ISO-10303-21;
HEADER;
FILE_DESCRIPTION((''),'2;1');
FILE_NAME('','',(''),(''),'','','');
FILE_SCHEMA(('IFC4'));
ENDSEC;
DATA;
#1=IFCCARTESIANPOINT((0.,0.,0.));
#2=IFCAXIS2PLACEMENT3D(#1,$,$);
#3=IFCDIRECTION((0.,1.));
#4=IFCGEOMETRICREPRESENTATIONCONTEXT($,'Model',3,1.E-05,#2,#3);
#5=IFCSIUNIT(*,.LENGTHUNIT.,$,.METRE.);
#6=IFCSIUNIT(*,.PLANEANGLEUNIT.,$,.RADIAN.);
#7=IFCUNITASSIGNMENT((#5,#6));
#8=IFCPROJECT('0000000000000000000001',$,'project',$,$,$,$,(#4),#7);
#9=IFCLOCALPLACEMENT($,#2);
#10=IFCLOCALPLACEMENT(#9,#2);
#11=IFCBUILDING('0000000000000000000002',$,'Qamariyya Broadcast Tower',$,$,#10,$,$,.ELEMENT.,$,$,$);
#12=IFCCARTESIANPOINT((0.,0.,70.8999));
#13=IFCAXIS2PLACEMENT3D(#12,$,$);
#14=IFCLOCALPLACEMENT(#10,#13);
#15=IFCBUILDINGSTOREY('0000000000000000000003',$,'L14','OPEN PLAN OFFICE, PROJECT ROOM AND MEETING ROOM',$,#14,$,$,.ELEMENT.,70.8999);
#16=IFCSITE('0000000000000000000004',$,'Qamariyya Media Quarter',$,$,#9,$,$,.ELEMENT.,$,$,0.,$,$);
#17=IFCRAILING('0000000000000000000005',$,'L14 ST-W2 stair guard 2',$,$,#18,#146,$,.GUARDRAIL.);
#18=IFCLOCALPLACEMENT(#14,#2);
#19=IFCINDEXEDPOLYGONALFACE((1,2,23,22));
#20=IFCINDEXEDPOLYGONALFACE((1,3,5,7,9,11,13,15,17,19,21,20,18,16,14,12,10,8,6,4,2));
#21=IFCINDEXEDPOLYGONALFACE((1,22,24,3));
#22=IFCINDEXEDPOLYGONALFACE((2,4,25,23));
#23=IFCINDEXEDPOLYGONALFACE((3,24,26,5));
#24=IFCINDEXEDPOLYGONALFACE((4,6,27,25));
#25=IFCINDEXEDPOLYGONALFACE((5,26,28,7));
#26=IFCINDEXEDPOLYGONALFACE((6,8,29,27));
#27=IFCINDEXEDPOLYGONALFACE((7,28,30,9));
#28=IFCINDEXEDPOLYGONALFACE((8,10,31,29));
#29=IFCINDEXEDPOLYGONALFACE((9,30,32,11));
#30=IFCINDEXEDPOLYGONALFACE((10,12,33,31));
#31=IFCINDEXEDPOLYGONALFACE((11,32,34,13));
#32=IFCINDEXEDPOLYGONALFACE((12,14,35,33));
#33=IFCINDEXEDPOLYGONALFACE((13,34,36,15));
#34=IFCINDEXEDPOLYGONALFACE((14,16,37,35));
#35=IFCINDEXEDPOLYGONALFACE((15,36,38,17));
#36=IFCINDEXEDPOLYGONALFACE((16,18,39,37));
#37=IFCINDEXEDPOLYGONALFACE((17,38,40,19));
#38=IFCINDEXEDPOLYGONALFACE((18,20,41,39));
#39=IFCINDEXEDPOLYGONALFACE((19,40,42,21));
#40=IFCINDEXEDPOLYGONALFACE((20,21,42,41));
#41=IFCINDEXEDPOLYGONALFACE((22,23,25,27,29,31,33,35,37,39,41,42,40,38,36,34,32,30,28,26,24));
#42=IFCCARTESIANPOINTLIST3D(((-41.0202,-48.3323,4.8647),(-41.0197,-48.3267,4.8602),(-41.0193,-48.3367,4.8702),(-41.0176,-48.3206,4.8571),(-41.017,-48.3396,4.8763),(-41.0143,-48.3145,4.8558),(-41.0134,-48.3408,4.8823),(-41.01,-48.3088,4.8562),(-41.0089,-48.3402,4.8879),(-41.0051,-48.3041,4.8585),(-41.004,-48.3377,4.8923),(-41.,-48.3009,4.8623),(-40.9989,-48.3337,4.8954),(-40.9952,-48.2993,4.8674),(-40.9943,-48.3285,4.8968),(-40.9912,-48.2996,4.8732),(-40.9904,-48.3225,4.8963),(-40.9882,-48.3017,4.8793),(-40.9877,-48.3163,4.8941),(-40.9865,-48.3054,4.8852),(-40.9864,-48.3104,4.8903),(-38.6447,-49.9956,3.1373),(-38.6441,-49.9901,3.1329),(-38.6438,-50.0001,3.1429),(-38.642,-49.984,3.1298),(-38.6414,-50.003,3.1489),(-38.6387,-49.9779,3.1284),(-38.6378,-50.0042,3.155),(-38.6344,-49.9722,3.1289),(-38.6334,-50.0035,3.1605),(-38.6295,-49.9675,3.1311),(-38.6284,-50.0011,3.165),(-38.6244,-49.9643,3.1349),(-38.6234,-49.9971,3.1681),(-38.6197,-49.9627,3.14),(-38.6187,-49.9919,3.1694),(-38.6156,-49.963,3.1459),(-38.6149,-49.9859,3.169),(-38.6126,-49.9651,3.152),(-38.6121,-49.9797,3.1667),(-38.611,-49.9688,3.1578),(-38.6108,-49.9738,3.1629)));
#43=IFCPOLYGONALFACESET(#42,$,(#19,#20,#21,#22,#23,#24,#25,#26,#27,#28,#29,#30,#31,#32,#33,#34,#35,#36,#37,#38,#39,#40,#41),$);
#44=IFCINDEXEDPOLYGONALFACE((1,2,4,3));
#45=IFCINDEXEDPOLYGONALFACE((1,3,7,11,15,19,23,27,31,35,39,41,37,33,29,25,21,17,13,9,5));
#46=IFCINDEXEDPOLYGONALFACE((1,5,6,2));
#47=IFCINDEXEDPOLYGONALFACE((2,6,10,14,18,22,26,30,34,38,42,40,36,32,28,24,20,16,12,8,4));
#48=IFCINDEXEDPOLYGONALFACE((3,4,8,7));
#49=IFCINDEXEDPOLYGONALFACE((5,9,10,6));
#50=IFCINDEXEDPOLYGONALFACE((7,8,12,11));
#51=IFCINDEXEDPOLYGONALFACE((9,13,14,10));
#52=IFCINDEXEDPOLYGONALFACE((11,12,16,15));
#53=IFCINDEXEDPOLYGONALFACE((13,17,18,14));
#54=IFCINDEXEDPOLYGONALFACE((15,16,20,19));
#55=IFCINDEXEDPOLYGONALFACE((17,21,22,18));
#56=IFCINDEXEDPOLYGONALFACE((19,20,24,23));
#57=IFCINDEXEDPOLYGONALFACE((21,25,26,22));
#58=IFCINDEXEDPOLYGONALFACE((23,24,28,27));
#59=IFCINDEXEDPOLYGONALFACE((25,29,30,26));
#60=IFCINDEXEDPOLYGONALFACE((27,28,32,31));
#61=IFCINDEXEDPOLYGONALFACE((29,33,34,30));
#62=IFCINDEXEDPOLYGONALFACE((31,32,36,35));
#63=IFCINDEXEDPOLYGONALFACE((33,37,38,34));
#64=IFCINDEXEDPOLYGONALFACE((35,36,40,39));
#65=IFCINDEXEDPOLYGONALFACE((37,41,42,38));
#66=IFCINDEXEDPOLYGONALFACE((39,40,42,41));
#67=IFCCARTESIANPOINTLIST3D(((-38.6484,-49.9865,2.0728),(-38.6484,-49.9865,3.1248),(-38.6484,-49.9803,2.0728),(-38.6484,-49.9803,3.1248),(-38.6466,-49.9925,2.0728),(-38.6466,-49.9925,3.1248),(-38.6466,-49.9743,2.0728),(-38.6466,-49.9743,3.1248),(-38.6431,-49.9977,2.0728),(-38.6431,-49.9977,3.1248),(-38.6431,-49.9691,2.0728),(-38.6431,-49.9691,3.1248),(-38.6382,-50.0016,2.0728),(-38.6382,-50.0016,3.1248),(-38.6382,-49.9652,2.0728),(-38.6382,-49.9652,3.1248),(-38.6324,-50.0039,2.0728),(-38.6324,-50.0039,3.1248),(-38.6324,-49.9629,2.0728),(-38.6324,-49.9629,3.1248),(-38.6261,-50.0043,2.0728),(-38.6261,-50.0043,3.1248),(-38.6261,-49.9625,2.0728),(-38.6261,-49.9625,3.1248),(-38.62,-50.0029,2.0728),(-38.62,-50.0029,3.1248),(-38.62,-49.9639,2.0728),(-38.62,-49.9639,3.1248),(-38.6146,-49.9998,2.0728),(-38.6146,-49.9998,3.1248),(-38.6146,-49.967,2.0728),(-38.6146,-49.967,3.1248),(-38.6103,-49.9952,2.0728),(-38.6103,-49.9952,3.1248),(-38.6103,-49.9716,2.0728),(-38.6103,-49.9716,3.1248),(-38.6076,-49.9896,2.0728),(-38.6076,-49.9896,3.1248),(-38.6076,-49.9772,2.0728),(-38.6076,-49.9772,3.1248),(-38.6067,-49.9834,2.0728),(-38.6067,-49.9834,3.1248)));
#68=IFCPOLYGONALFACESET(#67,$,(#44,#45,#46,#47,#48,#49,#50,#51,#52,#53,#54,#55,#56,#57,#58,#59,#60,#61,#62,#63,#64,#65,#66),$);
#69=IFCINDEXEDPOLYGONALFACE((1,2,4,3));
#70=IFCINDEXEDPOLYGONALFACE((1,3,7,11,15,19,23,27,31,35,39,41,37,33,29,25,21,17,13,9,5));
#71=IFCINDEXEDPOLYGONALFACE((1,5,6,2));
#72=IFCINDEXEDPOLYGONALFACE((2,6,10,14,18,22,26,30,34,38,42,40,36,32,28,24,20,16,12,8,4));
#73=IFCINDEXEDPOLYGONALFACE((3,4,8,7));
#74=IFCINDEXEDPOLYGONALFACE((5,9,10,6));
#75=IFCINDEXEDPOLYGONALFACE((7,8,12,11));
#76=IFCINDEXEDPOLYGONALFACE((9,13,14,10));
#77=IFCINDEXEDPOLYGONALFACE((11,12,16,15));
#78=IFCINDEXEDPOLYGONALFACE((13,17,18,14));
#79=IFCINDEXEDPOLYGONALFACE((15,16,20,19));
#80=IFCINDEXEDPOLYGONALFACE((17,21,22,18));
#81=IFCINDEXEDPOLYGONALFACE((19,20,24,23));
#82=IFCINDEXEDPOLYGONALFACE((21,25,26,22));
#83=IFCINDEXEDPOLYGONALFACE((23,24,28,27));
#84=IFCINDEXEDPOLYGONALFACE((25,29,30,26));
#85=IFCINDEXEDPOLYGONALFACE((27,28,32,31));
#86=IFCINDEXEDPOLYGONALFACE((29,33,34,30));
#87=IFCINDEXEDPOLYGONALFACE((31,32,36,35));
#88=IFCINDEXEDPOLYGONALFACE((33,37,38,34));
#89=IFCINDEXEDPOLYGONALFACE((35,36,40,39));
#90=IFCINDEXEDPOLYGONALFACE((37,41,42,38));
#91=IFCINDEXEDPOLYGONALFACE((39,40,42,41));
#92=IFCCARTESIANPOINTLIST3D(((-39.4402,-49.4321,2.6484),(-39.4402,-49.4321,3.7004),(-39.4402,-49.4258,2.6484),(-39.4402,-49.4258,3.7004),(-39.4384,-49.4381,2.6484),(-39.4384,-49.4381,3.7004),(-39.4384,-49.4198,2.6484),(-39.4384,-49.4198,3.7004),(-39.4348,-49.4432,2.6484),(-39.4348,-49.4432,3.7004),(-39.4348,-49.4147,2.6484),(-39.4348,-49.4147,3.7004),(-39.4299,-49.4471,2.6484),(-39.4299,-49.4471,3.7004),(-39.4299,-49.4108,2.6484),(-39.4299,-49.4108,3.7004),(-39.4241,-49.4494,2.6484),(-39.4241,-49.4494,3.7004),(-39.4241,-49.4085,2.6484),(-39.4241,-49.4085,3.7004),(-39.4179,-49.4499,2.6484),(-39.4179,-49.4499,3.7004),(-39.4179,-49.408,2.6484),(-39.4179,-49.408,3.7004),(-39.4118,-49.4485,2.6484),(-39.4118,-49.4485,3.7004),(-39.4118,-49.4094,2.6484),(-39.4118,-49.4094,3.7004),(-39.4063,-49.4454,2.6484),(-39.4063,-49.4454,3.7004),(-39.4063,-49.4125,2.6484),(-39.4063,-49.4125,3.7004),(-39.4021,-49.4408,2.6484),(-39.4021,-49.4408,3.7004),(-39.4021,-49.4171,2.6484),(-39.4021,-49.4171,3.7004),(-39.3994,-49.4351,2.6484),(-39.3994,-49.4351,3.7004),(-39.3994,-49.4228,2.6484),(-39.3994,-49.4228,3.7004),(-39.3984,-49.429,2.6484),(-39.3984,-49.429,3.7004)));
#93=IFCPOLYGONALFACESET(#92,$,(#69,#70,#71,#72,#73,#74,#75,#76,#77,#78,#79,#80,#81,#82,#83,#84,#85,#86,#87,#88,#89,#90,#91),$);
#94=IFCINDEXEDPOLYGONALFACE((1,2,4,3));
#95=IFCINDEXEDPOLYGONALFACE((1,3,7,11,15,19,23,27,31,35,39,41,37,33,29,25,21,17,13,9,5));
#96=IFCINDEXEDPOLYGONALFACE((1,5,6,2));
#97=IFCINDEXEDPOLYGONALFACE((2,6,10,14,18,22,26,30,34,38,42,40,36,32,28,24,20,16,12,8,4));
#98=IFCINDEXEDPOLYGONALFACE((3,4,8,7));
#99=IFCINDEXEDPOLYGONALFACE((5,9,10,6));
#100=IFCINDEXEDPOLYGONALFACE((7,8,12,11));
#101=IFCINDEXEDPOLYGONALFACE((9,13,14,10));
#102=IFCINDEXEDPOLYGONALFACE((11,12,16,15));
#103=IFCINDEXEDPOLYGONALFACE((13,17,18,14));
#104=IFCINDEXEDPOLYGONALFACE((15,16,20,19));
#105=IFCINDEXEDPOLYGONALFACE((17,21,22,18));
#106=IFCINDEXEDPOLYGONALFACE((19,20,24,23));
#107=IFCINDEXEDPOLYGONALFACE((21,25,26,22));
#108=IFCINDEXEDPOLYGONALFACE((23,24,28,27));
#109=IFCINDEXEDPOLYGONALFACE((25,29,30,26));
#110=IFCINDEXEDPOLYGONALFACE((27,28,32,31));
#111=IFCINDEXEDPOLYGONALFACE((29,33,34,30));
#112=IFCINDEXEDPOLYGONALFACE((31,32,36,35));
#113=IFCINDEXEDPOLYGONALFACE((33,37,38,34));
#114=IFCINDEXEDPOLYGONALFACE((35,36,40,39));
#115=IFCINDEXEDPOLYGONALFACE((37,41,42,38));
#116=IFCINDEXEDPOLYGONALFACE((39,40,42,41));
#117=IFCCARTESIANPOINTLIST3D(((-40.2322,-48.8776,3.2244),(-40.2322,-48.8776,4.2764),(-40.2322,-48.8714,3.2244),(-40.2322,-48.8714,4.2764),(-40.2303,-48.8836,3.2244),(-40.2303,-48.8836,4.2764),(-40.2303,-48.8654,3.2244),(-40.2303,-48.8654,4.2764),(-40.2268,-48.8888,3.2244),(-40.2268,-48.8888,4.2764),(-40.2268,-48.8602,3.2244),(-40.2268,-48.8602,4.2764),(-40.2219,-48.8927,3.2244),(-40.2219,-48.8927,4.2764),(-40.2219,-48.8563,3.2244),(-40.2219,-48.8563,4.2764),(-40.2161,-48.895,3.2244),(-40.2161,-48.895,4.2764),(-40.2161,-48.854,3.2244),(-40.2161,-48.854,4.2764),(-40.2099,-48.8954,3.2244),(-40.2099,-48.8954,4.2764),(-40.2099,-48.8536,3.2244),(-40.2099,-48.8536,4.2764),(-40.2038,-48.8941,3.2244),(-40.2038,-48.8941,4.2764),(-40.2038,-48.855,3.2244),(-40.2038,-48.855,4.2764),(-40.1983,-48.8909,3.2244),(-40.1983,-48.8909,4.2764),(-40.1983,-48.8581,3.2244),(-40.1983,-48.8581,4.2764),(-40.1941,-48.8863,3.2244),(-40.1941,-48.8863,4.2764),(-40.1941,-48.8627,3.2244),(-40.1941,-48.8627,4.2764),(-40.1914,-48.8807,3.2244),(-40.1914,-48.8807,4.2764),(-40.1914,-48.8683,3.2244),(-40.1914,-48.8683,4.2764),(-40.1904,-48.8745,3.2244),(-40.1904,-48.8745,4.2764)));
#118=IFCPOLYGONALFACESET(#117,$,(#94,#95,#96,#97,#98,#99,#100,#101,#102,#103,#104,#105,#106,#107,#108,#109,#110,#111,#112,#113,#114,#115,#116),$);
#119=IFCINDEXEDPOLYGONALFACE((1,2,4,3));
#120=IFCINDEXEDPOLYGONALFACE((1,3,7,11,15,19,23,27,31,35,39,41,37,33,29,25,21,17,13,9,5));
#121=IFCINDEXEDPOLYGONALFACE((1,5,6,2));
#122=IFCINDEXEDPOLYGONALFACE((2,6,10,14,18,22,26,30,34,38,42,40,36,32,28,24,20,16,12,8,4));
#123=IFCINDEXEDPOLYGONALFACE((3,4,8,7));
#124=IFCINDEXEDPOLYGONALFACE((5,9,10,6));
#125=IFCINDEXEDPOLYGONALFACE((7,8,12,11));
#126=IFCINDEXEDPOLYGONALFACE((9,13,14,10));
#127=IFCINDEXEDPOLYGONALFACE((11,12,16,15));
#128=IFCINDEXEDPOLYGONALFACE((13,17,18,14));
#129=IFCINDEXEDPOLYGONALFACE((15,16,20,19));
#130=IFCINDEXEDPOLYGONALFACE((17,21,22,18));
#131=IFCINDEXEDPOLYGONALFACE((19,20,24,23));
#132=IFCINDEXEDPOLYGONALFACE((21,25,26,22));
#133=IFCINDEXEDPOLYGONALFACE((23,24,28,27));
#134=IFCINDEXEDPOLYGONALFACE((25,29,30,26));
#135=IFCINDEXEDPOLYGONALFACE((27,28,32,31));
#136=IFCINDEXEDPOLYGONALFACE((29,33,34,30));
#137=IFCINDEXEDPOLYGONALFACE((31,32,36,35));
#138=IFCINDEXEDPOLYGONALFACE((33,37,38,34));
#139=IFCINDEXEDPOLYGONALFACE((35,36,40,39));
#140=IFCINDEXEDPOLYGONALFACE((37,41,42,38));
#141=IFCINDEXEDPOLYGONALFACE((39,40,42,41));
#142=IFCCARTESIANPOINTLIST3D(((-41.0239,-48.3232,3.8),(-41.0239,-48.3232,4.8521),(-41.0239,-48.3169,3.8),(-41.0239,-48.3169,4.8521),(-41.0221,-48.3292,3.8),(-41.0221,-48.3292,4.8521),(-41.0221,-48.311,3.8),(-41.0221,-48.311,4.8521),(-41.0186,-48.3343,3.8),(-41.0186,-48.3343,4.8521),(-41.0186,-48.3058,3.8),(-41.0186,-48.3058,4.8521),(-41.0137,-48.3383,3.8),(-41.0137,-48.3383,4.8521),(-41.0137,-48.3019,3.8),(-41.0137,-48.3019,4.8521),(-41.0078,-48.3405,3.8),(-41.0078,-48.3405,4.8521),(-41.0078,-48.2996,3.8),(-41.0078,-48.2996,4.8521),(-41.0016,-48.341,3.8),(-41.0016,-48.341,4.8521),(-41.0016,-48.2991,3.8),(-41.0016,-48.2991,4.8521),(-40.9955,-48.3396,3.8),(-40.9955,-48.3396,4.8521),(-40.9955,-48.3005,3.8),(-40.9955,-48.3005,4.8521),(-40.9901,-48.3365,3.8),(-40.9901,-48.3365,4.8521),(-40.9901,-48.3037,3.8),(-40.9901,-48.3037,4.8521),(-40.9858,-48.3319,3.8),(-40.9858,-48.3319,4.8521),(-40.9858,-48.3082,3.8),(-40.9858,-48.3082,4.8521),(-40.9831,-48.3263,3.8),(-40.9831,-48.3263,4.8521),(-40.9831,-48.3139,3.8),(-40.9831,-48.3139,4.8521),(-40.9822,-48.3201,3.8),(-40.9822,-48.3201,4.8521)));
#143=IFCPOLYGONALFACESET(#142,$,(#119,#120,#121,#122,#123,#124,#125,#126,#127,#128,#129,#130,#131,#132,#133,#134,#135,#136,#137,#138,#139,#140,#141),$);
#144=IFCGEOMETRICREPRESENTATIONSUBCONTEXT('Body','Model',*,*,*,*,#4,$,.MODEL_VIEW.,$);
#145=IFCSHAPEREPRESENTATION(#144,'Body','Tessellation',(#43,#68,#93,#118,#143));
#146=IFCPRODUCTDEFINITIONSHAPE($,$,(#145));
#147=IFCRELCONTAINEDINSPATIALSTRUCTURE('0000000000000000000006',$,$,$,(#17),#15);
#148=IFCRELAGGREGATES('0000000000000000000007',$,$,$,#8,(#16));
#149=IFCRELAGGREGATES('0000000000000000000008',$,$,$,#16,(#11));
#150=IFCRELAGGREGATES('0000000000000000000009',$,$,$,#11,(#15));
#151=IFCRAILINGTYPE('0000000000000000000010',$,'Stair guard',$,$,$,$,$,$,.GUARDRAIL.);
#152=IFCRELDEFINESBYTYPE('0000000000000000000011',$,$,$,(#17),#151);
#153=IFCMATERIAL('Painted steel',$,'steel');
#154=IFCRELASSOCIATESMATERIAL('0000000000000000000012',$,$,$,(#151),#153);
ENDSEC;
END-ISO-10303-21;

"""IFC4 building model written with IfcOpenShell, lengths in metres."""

from ifc_helpers import new_model, si_unit, direction, frame, origin, origin_2d, place, context, subcontext, project, spatial, circle, extrude, material, type_object, element, save


model = new_model("IFC4")

# Units and contexts
model_context = context("Model", 3, precision=1e-05, world=origin(), true_north=direction((0.0, 1.0)))
body_context = subcontext(model_context, "Body", "Model", "MODEL_VIEW")
ifc_project = project(units=[si_unit("LENGTHUNIT", "METRE"), si_unit("PLANEANGLEUNIT", "RADIAN")], contexts=[model_context])

# Site, building, storey
site_placement = place(None, origin())
site = spatial("IfcSite", under=ifc_project, at=site_placement, Name="Qamariyya Media Quarter", CompositionType="ELEMENT", RefElevation=0.0)
building_placement = place(site_placement, origin())
building = spatial("IfcBuilding", under=site, at=building_placement, Name="Qamariyya Broadcast Tower", CompositionType="ELEMENT")
storey_placement = place(building_placement, frame((0.0, 0.0, 70.8999)))
storey = spatial("IfcBuildingStorey", under=building, at=storey_placement, Name="L14", Description="OPEN PLAN OFFICE, PROJECT ROOM AND MEETING ROOM", CompositionType="ELEMENT", Elevation=70.8999)

# Railing
ifc_material_1 = material(Name="Painted steel", Category="steel")
railing_type_1 = type_object("IfcRailingType", Name="Stair guard", PredefinedType="GUARDRAIL", material=ifc_material_1)
railing_1_placement = place(storey_placement, frame((-38.6277, -49.9834, 2.0728)))
element("IfcRailing", 1, at=railing_1_placement, inside=storey, type_object=railing_type_1, Name="L14 ST-W2 stair guard 2", PredefinedType="GUARDRAIL", context=body_context, shape_type="SweptSolid", body=[
    extrude(circle(Radius=0.0239, at=origin_2d()), frame((0.0, 0.0, 1.0762), z_axis=(-0.70377, 0.492784, 0.511734), x_axis=(-0.573575, -0.819153, 0.0)), (0.0, 0.0, 1.0), 3.3755),
    extrude(circle(Radius=0.021, at=origin_2d()), origin(), (0.0, 0.0, 1.0), 1.052),
    extrude(circle(Radius=0.021, at=origin_2d()), frame((-0.7917, 0.5544, 0.5757)), (0.0, 0.0, 1.0), 1.052),
    extrude(circle(Radius=0.021, at=origin_2d()), frame((-1.5837, 1.1089, 1.1516)), (0.0, 0.0, 1.0), 1.052),
    extrude(circle(Radius=0.021, at=origin_2d()), frame((-2.3755, 1.6633, 1.7273)), (0.0, 0.0, 1.0), 1.052),
])

save(model, "model.ifc")
